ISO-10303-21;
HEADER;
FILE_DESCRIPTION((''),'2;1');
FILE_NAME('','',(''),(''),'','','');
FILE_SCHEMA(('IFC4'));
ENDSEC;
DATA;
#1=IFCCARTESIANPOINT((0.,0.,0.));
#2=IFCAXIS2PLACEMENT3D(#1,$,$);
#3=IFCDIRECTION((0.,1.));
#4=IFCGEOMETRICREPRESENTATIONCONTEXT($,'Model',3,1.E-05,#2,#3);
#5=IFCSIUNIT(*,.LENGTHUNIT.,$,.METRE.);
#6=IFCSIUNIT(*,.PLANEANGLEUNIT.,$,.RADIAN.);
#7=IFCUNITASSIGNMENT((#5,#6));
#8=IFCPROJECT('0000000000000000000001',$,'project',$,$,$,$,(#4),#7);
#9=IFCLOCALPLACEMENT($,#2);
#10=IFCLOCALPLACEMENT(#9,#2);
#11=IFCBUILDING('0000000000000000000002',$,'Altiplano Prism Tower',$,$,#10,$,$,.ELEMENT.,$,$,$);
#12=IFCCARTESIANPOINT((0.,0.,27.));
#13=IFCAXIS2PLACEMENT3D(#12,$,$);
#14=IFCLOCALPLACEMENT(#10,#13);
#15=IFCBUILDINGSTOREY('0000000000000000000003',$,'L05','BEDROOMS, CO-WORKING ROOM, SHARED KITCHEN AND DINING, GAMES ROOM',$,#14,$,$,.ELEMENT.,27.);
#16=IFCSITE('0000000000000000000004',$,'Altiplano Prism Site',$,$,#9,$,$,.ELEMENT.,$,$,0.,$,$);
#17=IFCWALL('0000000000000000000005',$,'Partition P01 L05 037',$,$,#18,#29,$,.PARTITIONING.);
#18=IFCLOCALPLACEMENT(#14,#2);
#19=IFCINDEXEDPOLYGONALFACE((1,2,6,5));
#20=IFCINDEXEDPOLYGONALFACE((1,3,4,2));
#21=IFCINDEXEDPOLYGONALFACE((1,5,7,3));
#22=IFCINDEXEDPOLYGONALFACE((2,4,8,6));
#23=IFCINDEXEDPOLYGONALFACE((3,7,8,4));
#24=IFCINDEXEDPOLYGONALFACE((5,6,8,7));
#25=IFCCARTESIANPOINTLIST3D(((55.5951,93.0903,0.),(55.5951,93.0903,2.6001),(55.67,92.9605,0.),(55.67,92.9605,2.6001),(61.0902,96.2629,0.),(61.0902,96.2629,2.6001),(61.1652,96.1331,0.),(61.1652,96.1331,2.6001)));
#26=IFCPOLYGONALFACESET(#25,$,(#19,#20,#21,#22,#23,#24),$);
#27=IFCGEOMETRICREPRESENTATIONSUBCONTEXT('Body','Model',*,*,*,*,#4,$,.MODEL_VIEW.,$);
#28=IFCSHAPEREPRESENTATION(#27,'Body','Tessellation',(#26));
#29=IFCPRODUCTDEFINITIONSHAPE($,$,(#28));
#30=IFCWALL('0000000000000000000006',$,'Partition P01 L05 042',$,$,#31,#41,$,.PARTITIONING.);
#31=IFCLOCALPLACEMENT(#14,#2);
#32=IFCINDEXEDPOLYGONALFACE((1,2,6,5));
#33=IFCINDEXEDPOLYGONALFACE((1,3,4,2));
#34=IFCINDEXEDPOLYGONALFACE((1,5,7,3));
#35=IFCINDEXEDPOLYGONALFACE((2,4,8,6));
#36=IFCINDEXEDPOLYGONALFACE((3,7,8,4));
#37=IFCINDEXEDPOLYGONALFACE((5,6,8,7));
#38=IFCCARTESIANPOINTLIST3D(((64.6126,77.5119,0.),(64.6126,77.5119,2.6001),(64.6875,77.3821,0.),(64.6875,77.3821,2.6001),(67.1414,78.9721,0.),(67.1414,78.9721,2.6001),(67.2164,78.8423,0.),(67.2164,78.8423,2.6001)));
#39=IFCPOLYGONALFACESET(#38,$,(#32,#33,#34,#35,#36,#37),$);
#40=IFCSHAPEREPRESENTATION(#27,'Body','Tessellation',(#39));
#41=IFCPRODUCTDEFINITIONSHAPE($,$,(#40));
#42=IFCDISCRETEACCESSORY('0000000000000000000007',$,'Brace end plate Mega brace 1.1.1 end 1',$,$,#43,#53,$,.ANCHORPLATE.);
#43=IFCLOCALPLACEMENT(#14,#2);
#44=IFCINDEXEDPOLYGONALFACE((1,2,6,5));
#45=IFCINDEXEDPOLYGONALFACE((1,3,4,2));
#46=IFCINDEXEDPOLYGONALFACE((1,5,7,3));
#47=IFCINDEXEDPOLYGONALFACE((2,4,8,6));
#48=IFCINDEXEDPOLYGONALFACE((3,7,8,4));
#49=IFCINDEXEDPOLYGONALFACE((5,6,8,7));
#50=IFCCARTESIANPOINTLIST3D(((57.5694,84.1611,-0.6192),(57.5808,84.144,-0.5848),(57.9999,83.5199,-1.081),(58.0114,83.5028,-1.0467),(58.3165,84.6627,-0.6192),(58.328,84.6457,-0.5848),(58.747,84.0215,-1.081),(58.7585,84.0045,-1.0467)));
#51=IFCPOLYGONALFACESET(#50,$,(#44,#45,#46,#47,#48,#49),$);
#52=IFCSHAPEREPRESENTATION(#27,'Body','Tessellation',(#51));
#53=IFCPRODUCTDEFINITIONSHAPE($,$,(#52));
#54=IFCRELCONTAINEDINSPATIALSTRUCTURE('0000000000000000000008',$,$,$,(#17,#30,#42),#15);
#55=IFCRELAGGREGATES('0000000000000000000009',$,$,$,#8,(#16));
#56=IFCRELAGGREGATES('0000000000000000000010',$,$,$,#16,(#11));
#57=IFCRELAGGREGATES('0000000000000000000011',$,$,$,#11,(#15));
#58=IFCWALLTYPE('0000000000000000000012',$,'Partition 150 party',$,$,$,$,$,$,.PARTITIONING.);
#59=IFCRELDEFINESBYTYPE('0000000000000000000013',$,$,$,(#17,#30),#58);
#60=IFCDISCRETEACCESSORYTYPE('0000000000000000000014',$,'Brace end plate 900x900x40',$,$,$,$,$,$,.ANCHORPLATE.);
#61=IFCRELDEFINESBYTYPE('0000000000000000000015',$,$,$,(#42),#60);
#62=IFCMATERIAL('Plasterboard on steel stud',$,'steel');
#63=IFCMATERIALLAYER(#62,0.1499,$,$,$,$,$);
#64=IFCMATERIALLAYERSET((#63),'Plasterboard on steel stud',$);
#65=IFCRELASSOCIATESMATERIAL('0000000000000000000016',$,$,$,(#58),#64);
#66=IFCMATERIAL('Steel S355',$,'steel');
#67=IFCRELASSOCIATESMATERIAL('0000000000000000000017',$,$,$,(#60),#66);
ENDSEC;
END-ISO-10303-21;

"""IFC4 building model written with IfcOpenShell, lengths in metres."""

from ifc_helpers import new_model, si_unit, direction, frame, frame_2d, origin, origin_2d, place, context, subcontext, project, spatial, rectangle, extrude, material, layer, layer_set, material_profile, profile_set, type_object, element, save


model = new_model("IFC4")

# Units and contexts
model_context = context("Model", 3, precision=1e-05, world=origin(), true_north=direction((0.0, 1.0)))
body_context = subcontext(model_context, "Body", "Model", "MODEL_VIEW")
ifc_project = project(units=[si_unit("LENGTHUNIT", "METRE"), si_unit("PLANEANGLEUNIT", "RADIAN")], contexts=[model_context])

# Site, building, storey
site_placement = place(None, origin())
site = spatial("IfcSite", under=ifc_project, at=site_placement, Name="Altiplano Prism Site", CompositionType="ELEMENT", RefElevation=0.0)
building_placement = place(site_placement, origin())
building = spatial("IfcBuilding", under=site, at=building_placement, Name="Altiplano Prism Tower", CompositionType="ELEMENT")
storey_placement = place(building_placement, frame((0.0, 0.0, 27.0)))
storey = spatial("IfcBuildingStorey", under=building, at=storey_placement, Name="L05", Description="BEDROOMS, CO-WORKING ROOM, SHARED KITCHEN AND DINING, GAMES ROOM", CompositionType="ELEMENT", Elevation=27.0)

# Shared definitions
ifc_material_1 = material(Name="Steel S355", Category="steel")

# Shared definitions
ifc_material_2 = material(Name="Plasterboard on steel stud", Category="steel")

# Walls
ifc_layer_1 = layer(ifc_material_2, 0.1499)
ifc_layer_set_1 = layer_set([ifc_layer_1], Name="Plasterboard on steel stud")
wall_type_1 = type_object("IfcWallType", Name="Partition 150 party", PredefinedType="PARTITIONING", material=ifc_layer_set_1)
wall_1_placement = place(storey_placement, frame((55.6326, 93.0254, 0.0), z_axis=(0.0, 0.0, 1.0), x_axis=(0.866025, 0.5, 0.0)))
element("IfcWall", 1, at=wall_1_placement, inside=storey, type_object=wall_type_1, Name="Partition P01 L05 037", PredefinedType="PARTITIONING", context=body_context, shape_type="SweptSolid", body=[
    extrude(rectangle(XDim=6.3452, YDim=0.1499, at=frame_2d((3.1726, 0.0))), origin(), (0.0, 0.0, 1.0), 2.6001),
])
wall_2_placement = place(storey_placement, frame((64.6501, 77.447, 0.0), z_axis=(0.0, 0.0, 1.0), x_axis=(0.865996, 0.500051, 0.0)))
element("IfcWall", 2, at=wall_2_placement, inside=storey, type_object=wall_type_1, Name="Partition P01 L05 042", PredefinedType="PARTITIONING", context=body_context, shape_type="SweptSolid", body=[
    extrude(rectangle(XDim=2.9202, YDim=0.1499, at=frame_2d((1.46, 0.0))), origin(), (0.0, 0.0, 1.0), 2.6001),
])

# Discrete accessory
ifc_material_profile_1 = material_profile(ifc_material_1, rectangle(XDim=0.8999, YDim=0.8999, at=origin_2d()), Name="Brace end plate 900x900x40")
ifc_profile_set_1 = profile_set([ifc_material_profile_1], Name="Steel S355")
discrete_accessory_type = type_object("IfcDiscreteAccessoryType", Name="Brace end plate 900x900x40", PredefinedType="ANCHORPLATE", material=ifc_profile_set_1)
discrete_accessory_placement = place(storey_placement, frame((58.1582, 84.0913, -0.8501), z_axis=(0.286086, -0.426085, 0.858258), x_axis=(0.830221, 0.557434, 0.0)))
element("IfcDiscreteAccessory", 3, at=discrete_accessory_placement, inside=storey, type_object=discrete_accessory_type, Name="Brace end plate Mega brace 1.1.1 end 1", PredefinedType="ANCHORPLATE", context=body_context, shape_type="SweptSolid", body=[
    extrude(rectangle(XDim=0.8999, YDim=0.8999, at=origin_2d()), origin(), (0.0, 0.0, 1.0), 0.04),
])

save(model, "model.ifc")
